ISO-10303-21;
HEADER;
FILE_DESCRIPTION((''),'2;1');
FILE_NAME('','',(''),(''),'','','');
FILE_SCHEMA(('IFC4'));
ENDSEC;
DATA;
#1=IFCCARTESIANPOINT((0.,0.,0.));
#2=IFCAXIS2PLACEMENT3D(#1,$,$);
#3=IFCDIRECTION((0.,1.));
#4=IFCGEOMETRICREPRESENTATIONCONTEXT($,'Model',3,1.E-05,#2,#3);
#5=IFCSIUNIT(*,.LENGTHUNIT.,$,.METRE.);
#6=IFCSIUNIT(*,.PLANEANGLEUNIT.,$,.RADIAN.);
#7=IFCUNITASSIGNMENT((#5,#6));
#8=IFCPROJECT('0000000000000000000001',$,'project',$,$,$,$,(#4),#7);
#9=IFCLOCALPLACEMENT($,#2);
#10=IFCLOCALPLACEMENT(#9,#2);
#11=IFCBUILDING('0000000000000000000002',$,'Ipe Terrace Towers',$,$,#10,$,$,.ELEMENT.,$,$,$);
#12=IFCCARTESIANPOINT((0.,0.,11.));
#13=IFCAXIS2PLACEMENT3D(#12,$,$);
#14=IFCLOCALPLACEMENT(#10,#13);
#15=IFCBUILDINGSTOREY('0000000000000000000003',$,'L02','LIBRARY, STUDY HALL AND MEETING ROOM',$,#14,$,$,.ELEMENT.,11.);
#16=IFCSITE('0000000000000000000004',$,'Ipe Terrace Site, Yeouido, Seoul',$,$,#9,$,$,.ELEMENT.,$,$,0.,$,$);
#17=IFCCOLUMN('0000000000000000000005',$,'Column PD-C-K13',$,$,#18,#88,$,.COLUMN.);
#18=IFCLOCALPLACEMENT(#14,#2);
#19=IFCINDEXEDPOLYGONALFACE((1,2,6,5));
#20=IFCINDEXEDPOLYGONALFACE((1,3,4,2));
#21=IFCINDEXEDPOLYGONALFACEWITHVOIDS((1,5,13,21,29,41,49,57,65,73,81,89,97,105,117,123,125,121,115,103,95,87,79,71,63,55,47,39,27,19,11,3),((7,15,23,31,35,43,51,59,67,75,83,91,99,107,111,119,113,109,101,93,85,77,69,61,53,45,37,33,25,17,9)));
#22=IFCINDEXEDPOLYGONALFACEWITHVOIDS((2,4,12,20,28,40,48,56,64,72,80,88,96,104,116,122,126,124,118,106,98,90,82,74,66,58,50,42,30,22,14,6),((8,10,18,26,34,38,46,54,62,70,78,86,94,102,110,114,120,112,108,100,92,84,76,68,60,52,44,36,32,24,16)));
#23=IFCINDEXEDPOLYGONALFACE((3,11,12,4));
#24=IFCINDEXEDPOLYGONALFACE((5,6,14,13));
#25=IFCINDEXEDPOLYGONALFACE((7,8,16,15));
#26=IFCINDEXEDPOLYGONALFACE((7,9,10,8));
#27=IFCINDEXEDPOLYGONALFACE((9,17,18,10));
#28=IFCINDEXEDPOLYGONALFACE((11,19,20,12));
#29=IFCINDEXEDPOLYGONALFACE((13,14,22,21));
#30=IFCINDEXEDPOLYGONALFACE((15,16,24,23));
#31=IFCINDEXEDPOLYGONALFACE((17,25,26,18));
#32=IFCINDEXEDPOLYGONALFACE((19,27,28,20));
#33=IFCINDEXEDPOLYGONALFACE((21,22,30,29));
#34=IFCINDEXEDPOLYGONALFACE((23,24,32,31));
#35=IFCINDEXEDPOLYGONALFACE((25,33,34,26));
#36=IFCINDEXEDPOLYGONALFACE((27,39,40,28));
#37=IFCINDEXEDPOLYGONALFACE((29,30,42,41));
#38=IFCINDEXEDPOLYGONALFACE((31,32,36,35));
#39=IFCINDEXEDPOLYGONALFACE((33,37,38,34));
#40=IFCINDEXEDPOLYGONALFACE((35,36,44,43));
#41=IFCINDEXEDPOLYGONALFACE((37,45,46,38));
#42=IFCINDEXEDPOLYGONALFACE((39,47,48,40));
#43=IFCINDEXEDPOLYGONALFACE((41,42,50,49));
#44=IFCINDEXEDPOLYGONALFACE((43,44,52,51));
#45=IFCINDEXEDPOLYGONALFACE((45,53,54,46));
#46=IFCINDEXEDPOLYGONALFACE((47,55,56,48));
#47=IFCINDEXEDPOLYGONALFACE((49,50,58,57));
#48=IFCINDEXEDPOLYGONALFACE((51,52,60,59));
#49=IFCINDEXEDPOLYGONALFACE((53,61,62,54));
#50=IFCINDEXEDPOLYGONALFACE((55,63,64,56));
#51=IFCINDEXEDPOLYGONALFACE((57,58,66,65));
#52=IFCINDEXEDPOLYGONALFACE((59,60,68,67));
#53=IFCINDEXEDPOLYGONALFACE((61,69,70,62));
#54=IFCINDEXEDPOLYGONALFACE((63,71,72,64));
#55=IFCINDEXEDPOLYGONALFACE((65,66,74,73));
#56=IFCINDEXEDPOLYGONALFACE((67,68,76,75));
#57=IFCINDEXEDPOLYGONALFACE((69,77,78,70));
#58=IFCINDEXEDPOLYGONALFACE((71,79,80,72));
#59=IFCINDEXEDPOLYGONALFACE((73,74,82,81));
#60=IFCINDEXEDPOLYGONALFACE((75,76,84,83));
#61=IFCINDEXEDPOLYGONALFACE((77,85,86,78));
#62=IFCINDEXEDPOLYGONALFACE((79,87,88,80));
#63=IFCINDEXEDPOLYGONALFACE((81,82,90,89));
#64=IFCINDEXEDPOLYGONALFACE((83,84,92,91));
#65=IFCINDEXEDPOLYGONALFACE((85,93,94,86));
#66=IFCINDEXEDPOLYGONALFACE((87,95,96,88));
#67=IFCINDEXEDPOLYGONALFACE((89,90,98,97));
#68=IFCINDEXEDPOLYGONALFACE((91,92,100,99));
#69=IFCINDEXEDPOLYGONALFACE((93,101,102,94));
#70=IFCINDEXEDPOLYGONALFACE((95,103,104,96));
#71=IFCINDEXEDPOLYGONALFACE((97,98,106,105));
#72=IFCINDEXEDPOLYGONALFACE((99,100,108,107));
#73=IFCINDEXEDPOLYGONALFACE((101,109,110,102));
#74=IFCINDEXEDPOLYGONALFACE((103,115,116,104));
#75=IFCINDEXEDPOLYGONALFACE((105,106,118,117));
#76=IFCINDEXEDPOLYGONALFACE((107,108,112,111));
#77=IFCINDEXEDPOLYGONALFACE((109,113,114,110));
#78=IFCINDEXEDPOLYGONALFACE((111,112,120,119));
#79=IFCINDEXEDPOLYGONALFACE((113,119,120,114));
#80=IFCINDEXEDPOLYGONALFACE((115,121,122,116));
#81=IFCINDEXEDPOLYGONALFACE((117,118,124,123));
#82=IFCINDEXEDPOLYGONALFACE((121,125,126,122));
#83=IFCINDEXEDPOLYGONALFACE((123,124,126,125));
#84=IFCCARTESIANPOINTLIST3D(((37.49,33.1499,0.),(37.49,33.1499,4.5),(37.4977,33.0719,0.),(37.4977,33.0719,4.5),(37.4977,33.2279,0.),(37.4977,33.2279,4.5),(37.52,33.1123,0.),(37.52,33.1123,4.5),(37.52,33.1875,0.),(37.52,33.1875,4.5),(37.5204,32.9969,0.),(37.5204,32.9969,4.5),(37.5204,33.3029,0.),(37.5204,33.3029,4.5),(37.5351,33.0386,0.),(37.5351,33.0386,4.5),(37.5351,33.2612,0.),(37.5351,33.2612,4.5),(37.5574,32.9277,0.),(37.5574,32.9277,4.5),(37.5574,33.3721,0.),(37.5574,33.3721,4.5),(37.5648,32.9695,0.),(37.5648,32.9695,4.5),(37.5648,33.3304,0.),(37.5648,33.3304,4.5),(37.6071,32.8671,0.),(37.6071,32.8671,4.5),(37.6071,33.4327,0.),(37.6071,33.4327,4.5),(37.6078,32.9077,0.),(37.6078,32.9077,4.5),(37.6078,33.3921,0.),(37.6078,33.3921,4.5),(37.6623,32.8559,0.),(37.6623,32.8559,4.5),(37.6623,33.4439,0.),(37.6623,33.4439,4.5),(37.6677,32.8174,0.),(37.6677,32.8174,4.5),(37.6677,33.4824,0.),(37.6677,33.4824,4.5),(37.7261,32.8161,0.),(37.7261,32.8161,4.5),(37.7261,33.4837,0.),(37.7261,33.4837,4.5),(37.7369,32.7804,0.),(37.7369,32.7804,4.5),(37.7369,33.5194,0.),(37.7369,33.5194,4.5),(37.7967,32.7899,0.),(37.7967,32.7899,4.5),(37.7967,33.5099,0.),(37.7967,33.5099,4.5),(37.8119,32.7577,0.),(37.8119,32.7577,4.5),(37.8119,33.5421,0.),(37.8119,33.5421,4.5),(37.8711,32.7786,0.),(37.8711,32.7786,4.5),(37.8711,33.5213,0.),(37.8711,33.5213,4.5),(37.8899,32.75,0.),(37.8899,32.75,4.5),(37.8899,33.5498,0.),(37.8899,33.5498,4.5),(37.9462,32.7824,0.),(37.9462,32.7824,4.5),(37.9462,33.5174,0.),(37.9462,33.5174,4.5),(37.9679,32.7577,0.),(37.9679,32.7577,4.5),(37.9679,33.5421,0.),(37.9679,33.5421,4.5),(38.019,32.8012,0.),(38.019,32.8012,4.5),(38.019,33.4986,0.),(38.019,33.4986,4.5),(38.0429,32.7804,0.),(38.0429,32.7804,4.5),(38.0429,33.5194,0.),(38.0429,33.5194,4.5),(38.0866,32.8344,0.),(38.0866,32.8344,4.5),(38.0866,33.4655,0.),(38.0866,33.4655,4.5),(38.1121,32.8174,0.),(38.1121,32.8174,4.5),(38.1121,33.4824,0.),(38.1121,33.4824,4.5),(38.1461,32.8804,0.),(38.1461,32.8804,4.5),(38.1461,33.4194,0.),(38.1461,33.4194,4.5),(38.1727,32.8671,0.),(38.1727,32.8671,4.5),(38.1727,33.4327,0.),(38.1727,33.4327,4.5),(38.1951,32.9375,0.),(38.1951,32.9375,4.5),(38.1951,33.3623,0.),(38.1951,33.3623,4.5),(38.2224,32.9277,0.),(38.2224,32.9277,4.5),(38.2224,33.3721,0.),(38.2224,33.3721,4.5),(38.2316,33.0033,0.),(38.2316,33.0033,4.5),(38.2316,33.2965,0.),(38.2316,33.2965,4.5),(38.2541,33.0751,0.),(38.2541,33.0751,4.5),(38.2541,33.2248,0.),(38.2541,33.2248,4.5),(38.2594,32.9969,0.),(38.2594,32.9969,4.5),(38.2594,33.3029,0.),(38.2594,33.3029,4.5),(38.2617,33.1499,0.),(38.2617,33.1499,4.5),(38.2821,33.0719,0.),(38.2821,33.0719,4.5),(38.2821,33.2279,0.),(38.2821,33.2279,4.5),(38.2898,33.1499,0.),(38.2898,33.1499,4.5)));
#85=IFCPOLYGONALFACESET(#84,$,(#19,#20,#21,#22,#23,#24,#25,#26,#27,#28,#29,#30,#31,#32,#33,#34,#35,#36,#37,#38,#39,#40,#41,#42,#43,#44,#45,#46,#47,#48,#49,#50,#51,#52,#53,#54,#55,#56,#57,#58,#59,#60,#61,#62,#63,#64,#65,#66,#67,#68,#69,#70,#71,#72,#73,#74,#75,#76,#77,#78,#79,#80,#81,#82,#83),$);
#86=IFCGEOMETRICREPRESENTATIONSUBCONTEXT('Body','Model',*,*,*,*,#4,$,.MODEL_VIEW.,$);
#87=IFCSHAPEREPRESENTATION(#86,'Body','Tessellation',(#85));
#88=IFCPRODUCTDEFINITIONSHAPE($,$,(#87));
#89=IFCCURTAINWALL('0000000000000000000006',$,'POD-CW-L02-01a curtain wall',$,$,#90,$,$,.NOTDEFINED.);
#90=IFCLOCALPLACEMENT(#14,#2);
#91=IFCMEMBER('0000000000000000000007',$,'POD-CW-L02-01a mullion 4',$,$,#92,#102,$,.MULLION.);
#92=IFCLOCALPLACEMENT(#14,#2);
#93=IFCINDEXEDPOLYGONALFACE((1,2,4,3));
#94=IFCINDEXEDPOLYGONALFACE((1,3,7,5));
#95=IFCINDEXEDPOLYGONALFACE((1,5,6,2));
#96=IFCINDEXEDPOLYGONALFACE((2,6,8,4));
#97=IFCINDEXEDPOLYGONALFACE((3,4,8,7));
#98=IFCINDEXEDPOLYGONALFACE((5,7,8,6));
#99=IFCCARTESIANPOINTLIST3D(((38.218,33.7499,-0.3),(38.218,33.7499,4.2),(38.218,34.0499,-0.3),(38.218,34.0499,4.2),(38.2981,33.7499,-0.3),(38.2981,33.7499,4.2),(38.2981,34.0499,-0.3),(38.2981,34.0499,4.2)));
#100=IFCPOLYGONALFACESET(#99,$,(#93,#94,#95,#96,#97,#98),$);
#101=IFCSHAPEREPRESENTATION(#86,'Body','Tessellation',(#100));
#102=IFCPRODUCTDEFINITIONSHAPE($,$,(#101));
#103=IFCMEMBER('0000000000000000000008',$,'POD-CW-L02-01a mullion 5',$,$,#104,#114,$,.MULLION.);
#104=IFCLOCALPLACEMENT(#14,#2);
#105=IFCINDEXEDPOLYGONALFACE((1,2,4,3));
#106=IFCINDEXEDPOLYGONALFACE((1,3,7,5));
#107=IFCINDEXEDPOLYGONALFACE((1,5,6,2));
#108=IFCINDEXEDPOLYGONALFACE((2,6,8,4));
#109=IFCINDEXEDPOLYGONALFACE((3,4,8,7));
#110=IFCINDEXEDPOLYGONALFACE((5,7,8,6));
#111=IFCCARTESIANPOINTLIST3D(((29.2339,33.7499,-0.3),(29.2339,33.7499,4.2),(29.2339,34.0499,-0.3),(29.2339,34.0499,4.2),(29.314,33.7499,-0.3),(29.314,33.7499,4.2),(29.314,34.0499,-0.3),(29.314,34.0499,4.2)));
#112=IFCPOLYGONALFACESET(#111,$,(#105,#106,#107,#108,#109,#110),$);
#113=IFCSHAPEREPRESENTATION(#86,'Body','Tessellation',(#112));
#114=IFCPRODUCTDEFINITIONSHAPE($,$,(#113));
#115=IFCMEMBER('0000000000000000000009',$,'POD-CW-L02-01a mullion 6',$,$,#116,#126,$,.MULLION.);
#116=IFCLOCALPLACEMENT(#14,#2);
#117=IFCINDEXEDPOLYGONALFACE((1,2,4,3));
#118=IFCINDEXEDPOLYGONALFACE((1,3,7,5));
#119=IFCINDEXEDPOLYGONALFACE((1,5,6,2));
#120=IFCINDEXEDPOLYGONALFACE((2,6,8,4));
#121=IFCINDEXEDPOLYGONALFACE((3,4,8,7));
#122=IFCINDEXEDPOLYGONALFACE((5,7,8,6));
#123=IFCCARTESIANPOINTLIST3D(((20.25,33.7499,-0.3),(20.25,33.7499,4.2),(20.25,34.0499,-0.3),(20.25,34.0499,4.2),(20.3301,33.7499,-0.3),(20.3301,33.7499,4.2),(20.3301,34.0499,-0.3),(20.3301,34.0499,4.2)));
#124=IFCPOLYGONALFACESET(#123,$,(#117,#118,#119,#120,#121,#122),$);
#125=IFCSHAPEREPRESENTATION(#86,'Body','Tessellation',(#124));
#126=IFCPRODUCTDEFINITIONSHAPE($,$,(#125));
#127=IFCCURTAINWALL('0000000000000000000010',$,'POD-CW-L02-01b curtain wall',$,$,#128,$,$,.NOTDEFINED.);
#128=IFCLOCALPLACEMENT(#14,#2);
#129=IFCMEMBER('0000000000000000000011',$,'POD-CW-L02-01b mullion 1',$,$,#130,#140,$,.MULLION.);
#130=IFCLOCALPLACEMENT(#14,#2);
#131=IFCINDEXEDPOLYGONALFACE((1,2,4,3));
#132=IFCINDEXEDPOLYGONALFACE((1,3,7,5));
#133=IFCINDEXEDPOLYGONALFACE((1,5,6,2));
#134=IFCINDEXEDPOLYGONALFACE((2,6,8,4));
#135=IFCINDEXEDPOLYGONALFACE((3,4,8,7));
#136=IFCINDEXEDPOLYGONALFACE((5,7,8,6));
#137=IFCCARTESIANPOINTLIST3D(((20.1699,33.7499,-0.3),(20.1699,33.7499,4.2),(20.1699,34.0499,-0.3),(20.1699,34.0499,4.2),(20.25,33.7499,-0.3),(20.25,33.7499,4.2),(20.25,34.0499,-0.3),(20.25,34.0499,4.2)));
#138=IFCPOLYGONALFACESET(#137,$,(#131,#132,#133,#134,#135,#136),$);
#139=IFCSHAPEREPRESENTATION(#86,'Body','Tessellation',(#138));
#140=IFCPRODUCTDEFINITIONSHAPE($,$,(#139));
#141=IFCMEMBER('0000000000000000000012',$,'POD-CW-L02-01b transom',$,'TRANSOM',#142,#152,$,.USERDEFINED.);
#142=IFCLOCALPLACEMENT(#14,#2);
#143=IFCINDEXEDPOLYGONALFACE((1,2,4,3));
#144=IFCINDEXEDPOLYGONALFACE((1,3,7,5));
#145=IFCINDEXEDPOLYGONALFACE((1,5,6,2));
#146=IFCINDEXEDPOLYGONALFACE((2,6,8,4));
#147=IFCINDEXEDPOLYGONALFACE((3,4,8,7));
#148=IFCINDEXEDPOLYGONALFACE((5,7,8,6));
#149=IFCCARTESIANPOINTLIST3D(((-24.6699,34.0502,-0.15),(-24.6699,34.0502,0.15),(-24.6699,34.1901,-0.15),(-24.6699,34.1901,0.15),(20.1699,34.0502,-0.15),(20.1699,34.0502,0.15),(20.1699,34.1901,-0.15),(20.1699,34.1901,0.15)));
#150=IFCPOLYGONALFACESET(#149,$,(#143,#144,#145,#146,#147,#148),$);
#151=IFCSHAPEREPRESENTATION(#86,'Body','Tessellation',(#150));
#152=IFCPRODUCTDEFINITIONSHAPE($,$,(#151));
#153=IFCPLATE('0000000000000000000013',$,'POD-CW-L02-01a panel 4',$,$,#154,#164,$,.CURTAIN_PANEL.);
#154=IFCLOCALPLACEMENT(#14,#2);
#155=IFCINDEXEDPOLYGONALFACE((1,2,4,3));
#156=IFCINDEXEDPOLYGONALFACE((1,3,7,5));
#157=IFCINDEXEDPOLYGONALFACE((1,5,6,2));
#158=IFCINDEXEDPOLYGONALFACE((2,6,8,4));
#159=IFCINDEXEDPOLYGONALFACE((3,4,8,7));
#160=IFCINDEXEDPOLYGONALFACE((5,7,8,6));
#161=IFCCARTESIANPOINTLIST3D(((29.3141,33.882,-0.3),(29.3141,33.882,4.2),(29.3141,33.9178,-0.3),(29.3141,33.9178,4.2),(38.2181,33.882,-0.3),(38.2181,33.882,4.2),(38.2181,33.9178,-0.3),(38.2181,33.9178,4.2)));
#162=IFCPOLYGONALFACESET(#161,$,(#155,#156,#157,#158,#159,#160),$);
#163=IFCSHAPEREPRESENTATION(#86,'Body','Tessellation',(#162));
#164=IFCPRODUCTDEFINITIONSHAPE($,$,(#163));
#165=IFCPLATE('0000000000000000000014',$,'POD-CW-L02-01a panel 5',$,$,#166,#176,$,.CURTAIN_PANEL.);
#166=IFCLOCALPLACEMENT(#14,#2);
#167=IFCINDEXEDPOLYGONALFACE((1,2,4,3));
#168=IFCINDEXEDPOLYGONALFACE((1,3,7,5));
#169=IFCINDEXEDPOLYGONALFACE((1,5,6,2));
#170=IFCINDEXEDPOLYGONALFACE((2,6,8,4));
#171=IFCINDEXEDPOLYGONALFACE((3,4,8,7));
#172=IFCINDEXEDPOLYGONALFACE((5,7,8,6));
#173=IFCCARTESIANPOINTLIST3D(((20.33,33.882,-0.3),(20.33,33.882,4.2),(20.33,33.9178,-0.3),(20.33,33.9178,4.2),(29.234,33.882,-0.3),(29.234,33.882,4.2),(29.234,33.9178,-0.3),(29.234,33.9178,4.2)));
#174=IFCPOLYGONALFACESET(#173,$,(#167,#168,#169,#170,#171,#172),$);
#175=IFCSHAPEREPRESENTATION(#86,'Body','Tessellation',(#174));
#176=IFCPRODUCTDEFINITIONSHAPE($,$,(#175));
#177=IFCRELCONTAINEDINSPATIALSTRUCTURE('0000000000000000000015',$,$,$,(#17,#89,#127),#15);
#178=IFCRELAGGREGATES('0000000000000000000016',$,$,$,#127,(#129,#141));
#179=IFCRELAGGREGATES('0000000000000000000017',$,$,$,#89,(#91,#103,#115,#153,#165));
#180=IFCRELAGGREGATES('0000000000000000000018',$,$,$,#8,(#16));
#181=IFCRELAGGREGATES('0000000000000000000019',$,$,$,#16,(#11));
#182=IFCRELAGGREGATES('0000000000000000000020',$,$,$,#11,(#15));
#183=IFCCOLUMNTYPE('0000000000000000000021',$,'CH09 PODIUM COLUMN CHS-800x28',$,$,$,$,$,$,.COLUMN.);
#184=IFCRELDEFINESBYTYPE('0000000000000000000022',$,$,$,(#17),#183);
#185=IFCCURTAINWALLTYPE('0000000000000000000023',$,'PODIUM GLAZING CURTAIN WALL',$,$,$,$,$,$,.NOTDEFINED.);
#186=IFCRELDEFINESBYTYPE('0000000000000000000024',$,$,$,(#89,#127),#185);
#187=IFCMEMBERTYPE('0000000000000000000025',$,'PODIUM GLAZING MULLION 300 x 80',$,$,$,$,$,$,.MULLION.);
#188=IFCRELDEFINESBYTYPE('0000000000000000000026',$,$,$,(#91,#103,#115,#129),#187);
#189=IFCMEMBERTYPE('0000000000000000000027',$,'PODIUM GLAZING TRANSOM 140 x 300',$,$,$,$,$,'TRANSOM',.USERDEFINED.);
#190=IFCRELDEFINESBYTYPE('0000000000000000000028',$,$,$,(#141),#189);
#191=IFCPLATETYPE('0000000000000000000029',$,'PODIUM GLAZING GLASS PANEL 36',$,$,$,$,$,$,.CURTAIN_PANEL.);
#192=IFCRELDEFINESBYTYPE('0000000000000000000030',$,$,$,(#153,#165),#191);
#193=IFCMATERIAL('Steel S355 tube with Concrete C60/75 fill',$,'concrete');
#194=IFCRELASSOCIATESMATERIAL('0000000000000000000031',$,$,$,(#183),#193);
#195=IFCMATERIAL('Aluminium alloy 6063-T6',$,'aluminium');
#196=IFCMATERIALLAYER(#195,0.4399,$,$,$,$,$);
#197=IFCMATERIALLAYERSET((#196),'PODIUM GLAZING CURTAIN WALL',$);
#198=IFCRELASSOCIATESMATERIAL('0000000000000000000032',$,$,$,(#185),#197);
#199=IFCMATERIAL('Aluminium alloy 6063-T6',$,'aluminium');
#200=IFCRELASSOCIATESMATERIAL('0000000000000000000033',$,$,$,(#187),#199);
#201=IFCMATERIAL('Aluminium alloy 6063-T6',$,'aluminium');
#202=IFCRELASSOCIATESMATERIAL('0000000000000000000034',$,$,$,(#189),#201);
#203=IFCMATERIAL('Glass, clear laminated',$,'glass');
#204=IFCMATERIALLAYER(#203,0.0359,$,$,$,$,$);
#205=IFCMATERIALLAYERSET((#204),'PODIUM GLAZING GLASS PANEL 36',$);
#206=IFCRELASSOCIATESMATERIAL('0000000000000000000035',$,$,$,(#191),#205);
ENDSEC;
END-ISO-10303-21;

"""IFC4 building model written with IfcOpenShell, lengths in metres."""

from ifc_helpers import new_model, si_unit, direction, frame, origin, origin_2d, place, context, subcontext, project, spatial, rectangle, hollow_circle, extrude, material, layer, layer_set, material_profile, profile_set, type_object, element, aggregate, save


model = new_model("IFC4")

# Units and contexts
model_context = context("Model", 3, precision=1e-05, world=origin(), true_north=direction((0.0, 1.0)))
body_context = subcontext(model_context, "Body", "Model", "MODEL_VIEW")
ifc_project = project(units=[si_unit("LENGTHUNIT", "METRE"), si_unit("PLANEANGLEUNIT", "RADIAN")], contexts=[model_context])

# Site, building, storey
site_placement = place(None, origin())
site = spatial("IfcSite", under=ifc_project, at=site_placement, Name="Ipe Terrace Site, Yeouido, Seoul", CompositionType="ELEMENT", RefElevation=0.0)
building_placement = place(site_placement, origin())
building = spatial("IfcBuilding", under=site, at=building_placement, Name="Ipe Terrace Towers", CompositionType="ELEMENT")
storey_placement = place(building_placement, frame((0.0, 0.0, 11.0)))
storey = spatial("IfcBuildingStorey", under=building, at=storey_placement, Name="L02", Description="LIBRARY, STUDY HALL AND MEETING ROOM", CompositionType="ELEMENT", Elevation=11.0)

# Column
ifc_material_1 = material(Name="Steel S355 tube with Concrete C60/75 fill", Category="concrete")
ifc_material_profile_1 = material_profile(ifc_material_1, hollow_circle(Radius=0.3999, WallThickness=0.0281, at=origin_2d()), Name="CHS-800x28")
ifc_profile_set_1 = profile_set([ifc_material_profile_1], Name="Steel S355 tube with Concrete C60/75 fill")
column_type = type_object("IfcColumnType", Name="CH09 PODIUM COLUMN CHS-800x28", PredefinedType="COLUMN", material=ifc_profile_set_1)
for number, where, z_axis, x_axis, name in (
    (1, (37.8899, 33.1499, 0.0), (0.0, 0.0, 1.0), (1.0, 0.0, 0.0), "Column PD-C-K13"),
):
    element("IfcColumn", number, at=place(storey_placement, frame(where, z_axis=z_axis, x_axis=x_axis)), inside=storey, type_object=column_type, Name=name, PredefinedType="COLUMN", context=body_context, shape_type="SweptSolid", body=[
        extrude(hollow_circle(Radius=0.3999, WallThickness=0.0281, at=origin_2d()), origin(), (0.0, 0.0, 1.0), 4.5),
    ])

# Curtain walls, members
ifc_material_2 = material(Name="Aluminium alloy 6063-T6", Category="aluminium")
ifc_layer_1 = layer(ifc_material_2, 0.4399)
ifc_layer_set_1 = layer_set([ifc_layer_1], Name="PODIUM GLAZING CURTAIN WALL")
curtain_wall_type = type_object("IfcCurtainWallType", Name="PODIUM GLAZING CURTAIN WALL", PredefinedType="NOTDEFINED", material=ifc_layer_set_1)
curtain_wall_1_placement = place(storey_placement, origin())
curtain_wall_1 = element("IfcCurtainWall", 2, at=curtain_wall_1_placement, inside=storey, type_object=curtain_wall_type, Name="POD-CW-L02-01a curtain wall", PredefinedType="NOTDEFINED")
ifc_material_3 = material(Name="Aluminium alloy 6063-T6", Category="aluminium")
ifc_material_profile_2 = material_profile(ifc_material_3, rectangle(XDim=0.3, YDim=0.0801, at=origin_2d()), Name="PODIUM GLAZING MULLION 300 x 80")
ifc_profile_set_2 = profile_set([ifc_material_profile_2], Name="Aluminium alloy 6063-T6")
member_type_1 = type_object("IfcMemberType", Name="PODIUM GLAZING MULLION 300 x 80", PredefinedType="MULLION", material=ifc_profile_set_2)
member_1_placement = place(storey_placement, frame((38.2581, 33.8999, -0.3), z_axis=(0.0, 0.0, 1.0), x_axis=(0.0, 1.0, 0.0)))
member_1 = element("IfcMember", 3, at=member_1_placement, type_object=member_type_1, Name="POD-CW-L02-01a mullion 4", PredefinedType="MULLION", context=body_context, shape_type="SweptSolid", body=[
    extrude(rectangle(XDim=0.3, YDim=0.0801, at=origin_2d()), origin(), (0.0, 0.0, 1.0), 4.5),
])
member_2_placement = place(storey_placement, frame((29.2739, 33.8999, -0.3), z_axis=(0.0, 0.0, 1.0), x_axis=(0.0, 1.0, 0.0)))
member_2 = element("IfcMember", 4, at=member_2_placement, type_object=member_type_1, Name="POD-CW-L02-01a mullion 5", PredefinedType="MULLION", context=body_context, shape_type="SweptSolid", body=[
    extrude(rectangle(XDim=0.3, YDim=0.0801, at=origin_2d()), origin(), (0.0, 0.0, 1.0), 4.5),
])
member_3_placement = place(storey_placement, frame((20.29, 33.8999, -0.3), z_axis=(0.0, 0.0, 1.0), x_axis=(0.0, 1.0, 0.0)))
member_3 = element("IfcMember", 5, at=member_3_placement, type_object=member_type_1, Name="POD-CW-L02-01a mullion 6", PredefinedType="MULLION", context=body_context, shape_type="SweptSolid", body=[
    extrude(rectangle(XDim=0.3, YDim=0.0801, at=origin_2d()), origin(), (0.0, 0.0, 1.0), 4.5),
])
curtain_wall_2_placement = place(storey_placement, origin())
curtain_wall_2 = element("IfcCurtainWall", 6, at=curtain_wall_2_placement, inside=storey, type_object=curtain_wall_type, Name="POD-CW-L02-01b curtain wall", PredefinedType="NOTDEFINED")
member_4_placement = place(storey_placement, frame((20.21, 33.8999, -0.3), z_axis=(0.0, 0.0, 1.0), x_axis=(0.0, 1.0, 0.0)))
member_4 = element("IfcMember", 7, at=member_4_placement, type_object=member_type_1, Name="POD-CW-L02-01b mullion 1", PredefinedType="MULLION", context=body_context, shape_type="SweptSolid", body=[
    extrude(rectangle(XDim=0.3, YDim=0.0801, at=origin_2d()), origin(), (0.0, 0.0, 1.0), 4.5),
])
ifc_material_4 = material(Name="Aluminium alloy 6063-T6", Category="aluminium")
ifc_material_profile_3 = material_profile(ifc_material_4, rectangle(XDim=0.1399, YDim=0.3, at=origin_2d()), Name="PODIUM GLAZING TRANSOM 140 x 300")
ifc_profile_set_3 = profile_set([ifc_material_profile_3], Name="Aluminium alloy 6063-T6")
member_type_2 = type_object("IfcMemberType", Name="PODIUM GLAZING TRANSOM 140 x 300", ElementType="TRANSOM", PredefinedType="USERDEFINED", material=ifc_profile_set_3)
member_5_placement = place(storey_placement, frame((20.1699, 34.1201, 0.0), z_axis=(-1.0, 0.0, 0.0), x_axis=(0.0, 1.0, 0.0)))
member_5 = element("IfcMember", 8, at=member_5_placement, type_object=member_type_2, Name="POD-CW-L02-01b transom", ObjectType="TRANSOM", PredefinedType="USERDEFINED", context=body_context, shape_type="SweptSolid", body=[
    extrude(rectangle(XDim=0.1399, YDim=0.3, at=origin_2d()), origin(), (0.0, 0.0, 1.0), 44.8398),
])
aggregate(curtain_wall_2, [member_4, member_5])

# Plates
ifc_material_5 = material(Name="Glass, clear laminated", Category="glass")
ifc_layer_2 = layer(ifc_material_5, 0.0359)
ifc_layer_set_2 = layer_set([ifc_layer_2], Name="PODIUM GLAZING GLASS PANEL 36")
plate_type = type_object("IfcPlateType", Name="PODIUM GLAZING GLASS PANEL 36", PredefinedType="CURTAIN_PANEL", material=ifc_layer_set_2)
plate_1_placement = place(storey_placement, frame((33.7661, 33.8999, -0.3), z_axis=(0.0, 0.0, 1.0), x_axis=(-1.0, 0.0, 0.0)))
plate_1 = element("IfcPlate", 9, at=plate_1_placement, type_object=plate_type, Name="POD-CW-L02-01a panel 4", PredefinedType="CURTAIN_PANEL", context=body_context, shape_type="SweptSolid", body=[
    extrude(rectangle(XDim=8.9041, YDim=0.0359, at=origin_2d()), origin(), (0.0, 0.0, 1.0), 4.5),
])
plate_2_placement = place(storey_placement, frame((24.782, 33.8999, -0.3), z_axis=(0.0, 0.0, 1.0), x_axis=(-1.0, 0.0, 0.0)))
plate_2 = element("IfcPlate", 10, at=plate_2_placement, type_object=plate_type, Name="POD-CW-L02-01a panel 5", PredefinedType="CURTAIN_PANEL", context=body_context, shape_type="SweptSolid", body=[
    extrude(rectangle(XDim=8.9041, YDim=0.0359, at=origin_2d()), origin(), (0.0, 0.0, 1.0), 4.5),
])
aggregate(curtain_wall_1, [member_1, member_2, member_3, plate_1, plate_2])

save(model, "model.ifc")
